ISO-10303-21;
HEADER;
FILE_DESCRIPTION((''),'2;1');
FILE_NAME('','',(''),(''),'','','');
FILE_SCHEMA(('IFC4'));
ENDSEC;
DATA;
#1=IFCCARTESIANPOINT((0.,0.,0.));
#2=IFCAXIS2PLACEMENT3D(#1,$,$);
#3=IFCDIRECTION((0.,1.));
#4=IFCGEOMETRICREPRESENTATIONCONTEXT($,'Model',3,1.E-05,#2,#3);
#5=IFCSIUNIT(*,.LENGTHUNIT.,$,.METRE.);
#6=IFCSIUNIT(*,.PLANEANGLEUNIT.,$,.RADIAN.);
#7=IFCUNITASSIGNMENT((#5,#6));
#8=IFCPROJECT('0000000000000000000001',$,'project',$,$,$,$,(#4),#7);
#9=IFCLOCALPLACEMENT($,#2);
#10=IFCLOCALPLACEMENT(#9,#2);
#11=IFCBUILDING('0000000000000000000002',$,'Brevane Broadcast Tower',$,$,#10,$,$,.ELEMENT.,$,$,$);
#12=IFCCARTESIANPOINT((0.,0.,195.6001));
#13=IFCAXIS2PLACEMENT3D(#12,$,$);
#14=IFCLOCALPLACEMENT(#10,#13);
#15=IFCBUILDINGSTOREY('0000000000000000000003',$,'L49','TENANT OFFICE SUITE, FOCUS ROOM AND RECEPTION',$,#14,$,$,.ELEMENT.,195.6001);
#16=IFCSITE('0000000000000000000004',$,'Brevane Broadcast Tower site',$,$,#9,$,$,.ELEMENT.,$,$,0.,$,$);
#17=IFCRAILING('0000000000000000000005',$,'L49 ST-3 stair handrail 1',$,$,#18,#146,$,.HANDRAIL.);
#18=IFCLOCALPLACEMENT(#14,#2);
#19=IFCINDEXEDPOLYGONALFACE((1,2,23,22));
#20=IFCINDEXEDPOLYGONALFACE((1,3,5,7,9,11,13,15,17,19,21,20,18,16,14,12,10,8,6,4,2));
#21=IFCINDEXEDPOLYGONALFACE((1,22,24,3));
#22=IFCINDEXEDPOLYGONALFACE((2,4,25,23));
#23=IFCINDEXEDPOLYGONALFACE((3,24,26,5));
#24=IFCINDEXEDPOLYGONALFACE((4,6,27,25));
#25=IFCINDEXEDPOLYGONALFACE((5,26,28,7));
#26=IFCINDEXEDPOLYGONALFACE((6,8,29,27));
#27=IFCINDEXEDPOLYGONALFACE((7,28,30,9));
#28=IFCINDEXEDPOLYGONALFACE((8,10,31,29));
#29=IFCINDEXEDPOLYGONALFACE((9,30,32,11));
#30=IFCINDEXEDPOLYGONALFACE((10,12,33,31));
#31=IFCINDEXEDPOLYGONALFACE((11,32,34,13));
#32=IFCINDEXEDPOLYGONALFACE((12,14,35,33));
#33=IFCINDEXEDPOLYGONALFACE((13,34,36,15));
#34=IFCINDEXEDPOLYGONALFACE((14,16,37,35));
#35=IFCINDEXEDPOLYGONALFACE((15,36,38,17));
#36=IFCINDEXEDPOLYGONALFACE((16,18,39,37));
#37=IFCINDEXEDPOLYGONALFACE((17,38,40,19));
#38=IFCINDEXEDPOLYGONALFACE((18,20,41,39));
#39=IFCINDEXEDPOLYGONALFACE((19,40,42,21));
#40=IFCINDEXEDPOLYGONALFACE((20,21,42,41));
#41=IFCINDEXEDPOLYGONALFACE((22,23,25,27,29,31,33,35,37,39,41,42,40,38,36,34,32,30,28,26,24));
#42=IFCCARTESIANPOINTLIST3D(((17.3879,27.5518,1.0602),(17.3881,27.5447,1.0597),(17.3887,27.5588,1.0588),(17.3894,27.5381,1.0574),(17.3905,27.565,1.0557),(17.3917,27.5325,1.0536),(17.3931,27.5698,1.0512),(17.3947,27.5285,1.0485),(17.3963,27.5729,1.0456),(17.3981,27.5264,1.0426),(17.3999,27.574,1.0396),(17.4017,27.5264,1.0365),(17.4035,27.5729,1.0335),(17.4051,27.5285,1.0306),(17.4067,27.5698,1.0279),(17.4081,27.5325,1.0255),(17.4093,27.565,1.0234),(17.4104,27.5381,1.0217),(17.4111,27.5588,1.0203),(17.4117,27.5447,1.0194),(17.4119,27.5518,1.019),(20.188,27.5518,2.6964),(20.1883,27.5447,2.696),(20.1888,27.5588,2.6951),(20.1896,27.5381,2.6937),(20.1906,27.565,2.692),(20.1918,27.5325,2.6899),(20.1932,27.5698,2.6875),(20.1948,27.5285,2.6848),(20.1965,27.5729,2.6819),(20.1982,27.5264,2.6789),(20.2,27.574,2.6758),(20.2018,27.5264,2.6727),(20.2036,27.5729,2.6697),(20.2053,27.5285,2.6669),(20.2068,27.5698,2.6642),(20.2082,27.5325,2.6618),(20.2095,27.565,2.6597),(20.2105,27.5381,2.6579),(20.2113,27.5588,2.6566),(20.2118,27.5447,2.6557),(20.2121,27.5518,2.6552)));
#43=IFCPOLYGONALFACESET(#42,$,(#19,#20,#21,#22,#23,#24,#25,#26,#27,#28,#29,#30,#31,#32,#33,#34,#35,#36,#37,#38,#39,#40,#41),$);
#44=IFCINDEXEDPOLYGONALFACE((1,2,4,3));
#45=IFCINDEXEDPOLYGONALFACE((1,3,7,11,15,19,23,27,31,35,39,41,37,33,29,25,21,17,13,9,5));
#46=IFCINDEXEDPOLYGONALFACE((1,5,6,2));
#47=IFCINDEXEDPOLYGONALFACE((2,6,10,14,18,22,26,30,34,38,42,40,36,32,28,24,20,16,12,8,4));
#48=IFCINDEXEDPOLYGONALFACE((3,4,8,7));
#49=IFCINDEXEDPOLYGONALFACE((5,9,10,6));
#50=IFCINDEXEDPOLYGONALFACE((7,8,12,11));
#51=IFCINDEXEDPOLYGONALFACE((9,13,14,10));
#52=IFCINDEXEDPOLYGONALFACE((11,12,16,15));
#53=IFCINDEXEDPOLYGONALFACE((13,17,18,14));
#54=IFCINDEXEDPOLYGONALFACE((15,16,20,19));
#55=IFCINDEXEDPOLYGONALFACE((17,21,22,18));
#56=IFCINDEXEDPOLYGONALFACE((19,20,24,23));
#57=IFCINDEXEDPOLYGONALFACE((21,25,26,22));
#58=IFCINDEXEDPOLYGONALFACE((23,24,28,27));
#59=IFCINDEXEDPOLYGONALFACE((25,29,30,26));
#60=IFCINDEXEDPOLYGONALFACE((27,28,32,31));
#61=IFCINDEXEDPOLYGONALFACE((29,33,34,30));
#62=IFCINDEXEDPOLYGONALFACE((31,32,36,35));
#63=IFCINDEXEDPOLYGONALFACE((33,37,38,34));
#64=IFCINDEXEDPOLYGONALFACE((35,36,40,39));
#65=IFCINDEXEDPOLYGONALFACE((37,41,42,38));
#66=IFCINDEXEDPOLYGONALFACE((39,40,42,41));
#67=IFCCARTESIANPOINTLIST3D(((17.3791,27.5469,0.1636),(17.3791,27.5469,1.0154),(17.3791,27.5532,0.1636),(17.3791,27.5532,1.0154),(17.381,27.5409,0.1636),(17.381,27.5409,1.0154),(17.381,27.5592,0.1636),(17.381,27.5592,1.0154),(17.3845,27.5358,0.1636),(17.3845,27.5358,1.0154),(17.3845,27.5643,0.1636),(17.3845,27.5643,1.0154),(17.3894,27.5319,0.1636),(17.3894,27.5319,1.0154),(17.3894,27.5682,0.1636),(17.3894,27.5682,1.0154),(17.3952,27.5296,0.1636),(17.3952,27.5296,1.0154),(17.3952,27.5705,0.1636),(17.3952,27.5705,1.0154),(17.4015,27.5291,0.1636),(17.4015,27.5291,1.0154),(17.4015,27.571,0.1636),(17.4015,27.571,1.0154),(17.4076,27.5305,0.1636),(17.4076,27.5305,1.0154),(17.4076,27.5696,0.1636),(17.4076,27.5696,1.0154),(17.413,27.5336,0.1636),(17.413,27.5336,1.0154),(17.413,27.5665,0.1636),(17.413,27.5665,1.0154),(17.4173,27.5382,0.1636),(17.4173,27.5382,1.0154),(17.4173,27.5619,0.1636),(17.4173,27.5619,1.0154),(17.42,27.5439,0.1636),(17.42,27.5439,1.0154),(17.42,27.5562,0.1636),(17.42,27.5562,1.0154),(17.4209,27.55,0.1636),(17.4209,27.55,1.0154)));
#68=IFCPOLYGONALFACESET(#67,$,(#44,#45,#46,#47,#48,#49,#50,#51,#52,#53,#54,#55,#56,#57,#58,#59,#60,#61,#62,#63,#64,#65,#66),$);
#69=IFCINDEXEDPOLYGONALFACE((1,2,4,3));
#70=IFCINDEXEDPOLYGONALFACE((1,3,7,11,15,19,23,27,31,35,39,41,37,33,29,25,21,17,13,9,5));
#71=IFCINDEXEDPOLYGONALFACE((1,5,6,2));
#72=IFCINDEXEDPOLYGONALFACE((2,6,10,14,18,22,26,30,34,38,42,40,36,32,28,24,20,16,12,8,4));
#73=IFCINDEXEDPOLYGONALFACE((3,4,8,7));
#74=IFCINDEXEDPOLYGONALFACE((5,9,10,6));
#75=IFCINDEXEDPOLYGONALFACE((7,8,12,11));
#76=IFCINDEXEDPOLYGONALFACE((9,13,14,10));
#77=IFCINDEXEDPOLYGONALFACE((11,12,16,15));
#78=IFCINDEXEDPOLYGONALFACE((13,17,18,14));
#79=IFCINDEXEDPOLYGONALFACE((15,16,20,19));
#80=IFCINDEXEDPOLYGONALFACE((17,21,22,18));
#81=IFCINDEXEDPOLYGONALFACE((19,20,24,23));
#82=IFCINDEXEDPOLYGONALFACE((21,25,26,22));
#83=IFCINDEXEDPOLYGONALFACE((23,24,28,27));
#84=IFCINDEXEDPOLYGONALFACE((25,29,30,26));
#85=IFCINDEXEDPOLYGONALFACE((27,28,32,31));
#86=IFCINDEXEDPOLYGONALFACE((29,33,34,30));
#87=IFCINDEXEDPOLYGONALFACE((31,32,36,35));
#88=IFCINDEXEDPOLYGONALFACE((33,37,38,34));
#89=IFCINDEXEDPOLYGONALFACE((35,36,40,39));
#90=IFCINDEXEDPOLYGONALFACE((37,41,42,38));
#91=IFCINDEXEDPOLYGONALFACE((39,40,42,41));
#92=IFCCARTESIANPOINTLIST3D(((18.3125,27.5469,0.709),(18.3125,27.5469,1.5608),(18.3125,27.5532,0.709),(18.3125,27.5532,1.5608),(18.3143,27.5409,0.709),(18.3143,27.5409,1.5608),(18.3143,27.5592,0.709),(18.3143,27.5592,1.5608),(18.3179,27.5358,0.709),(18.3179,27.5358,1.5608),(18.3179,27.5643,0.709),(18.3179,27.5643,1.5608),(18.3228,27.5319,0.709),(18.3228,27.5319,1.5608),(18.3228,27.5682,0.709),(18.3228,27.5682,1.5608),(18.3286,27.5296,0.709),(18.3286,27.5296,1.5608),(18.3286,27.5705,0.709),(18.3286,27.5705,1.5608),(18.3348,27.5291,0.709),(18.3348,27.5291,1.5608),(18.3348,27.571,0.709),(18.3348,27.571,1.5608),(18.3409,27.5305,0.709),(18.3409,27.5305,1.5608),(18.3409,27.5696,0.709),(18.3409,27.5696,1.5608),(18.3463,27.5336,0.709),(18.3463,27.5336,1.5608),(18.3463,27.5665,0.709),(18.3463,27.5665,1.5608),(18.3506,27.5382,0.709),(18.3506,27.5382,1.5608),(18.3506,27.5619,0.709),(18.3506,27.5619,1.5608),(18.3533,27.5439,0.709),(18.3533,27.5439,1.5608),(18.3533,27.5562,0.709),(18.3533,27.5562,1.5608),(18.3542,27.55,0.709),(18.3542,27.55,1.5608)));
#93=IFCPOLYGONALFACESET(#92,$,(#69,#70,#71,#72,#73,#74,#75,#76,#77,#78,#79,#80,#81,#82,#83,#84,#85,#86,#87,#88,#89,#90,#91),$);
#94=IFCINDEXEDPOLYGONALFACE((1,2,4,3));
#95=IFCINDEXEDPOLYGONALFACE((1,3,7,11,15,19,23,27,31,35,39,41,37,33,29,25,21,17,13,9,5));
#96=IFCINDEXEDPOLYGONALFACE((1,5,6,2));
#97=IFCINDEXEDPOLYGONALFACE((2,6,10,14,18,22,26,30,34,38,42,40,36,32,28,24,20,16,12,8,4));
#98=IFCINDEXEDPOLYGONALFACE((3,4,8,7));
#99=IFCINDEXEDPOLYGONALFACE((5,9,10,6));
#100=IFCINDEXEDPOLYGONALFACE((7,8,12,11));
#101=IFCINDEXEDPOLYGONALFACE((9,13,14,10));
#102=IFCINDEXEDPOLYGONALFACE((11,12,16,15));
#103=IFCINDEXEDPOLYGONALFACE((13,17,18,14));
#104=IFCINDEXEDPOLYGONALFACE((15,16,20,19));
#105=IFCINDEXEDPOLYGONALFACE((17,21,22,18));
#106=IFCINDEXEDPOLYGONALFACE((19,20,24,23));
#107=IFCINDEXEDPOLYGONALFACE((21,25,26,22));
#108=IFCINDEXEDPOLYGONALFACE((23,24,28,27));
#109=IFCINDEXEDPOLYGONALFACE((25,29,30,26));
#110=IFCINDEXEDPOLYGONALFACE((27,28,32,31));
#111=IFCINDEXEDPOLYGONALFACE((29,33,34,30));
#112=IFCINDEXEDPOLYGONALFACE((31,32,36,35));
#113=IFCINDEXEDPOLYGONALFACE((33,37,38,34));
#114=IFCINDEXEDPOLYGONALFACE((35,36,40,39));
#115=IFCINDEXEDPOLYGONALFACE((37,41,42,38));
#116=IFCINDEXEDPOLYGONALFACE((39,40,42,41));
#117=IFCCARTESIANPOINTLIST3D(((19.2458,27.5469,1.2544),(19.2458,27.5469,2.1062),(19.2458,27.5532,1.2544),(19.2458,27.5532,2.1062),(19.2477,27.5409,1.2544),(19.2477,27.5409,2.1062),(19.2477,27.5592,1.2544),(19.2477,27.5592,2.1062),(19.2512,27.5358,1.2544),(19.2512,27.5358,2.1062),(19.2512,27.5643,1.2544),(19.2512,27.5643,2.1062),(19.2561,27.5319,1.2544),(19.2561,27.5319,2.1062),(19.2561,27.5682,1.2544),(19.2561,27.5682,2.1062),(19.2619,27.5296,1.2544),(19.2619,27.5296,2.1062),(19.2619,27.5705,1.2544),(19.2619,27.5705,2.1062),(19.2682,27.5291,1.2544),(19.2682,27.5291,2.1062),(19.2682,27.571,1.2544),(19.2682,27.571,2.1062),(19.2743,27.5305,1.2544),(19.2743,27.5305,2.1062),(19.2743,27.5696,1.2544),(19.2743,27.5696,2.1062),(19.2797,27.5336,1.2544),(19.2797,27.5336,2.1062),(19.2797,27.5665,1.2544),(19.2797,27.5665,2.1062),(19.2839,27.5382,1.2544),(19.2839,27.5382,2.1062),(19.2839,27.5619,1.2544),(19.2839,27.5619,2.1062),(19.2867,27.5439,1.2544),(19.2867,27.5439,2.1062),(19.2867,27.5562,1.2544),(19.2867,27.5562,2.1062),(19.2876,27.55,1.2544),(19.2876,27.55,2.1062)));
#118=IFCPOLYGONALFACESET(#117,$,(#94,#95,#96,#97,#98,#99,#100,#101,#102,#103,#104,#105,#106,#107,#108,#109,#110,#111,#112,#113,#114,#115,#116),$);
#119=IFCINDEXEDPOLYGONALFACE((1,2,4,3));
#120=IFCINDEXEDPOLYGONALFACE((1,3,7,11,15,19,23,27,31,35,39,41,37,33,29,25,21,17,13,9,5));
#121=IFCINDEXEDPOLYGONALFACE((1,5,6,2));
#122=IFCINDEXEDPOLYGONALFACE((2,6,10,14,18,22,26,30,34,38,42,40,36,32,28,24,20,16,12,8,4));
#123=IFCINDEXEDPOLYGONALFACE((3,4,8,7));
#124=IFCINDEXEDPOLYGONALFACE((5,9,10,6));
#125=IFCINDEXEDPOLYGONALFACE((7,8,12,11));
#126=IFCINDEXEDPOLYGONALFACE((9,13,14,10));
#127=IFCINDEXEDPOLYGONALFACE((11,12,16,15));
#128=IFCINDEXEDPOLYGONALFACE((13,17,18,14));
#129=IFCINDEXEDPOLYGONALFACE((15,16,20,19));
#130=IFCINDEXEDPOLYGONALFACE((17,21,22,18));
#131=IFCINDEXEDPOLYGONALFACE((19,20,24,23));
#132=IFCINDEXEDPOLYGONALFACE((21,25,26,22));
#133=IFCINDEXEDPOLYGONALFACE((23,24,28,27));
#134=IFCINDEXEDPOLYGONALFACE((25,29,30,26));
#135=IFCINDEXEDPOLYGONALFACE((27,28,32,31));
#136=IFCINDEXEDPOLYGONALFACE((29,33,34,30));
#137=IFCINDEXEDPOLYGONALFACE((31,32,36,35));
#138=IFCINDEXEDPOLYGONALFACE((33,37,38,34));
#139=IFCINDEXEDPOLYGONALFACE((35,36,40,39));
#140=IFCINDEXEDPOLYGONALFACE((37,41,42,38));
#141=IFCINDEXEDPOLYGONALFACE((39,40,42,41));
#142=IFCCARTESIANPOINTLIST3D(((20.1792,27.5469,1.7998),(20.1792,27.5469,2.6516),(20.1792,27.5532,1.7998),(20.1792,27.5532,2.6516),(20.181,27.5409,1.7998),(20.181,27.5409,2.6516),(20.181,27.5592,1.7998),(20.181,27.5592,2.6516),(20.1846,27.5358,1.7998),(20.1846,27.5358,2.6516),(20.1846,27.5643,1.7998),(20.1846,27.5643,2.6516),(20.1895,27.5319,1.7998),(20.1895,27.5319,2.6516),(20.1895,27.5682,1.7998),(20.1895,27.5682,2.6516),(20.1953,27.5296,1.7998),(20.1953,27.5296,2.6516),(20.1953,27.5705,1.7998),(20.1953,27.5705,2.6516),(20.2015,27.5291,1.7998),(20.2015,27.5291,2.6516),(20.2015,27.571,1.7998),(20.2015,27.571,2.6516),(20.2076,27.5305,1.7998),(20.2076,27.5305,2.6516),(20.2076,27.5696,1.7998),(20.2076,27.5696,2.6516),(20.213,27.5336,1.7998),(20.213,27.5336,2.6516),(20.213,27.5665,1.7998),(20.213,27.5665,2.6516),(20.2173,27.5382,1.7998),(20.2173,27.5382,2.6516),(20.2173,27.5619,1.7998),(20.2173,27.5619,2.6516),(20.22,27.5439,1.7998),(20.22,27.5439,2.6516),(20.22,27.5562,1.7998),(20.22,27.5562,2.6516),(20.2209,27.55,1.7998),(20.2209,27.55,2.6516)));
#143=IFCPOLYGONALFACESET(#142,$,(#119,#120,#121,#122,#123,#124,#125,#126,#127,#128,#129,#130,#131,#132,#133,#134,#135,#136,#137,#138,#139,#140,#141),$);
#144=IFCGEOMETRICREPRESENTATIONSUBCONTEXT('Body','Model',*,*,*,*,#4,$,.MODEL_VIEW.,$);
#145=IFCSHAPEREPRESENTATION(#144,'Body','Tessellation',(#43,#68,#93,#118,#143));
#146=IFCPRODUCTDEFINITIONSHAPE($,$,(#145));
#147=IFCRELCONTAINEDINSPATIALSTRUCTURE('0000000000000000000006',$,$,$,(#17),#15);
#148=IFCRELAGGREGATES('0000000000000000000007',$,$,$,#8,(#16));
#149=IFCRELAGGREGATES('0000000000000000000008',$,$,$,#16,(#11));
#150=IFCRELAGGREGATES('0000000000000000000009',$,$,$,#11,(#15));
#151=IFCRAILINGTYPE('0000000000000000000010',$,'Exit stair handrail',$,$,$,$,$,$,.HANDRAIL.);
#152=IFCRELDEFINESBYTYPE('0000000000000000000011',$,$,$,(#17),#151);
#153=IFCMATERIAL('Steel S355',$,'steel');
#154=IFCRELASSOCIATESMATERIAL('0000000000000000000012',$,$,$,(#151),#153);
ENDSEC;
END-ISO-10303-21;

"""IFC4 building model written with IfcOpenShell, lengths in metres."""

from ifc_helpers import new_model, si_unit, direction, frame, origin, origin_2d, place, context, subcontext, project, spatial, circle, extrude, material, type_object, element, save


model = new_model("IFC4")

# Units and contexts
model_context = context("Model", 3, precision=1e-05, world=origin(), true_north=direction((0.0, 1.0)))
body_context = subcontext(model_context, "Body", "Model", "MODEL_VIEW")
ifc_project = project(units=[si_unit("LENGTHUNIT", "METRE"), si_unit("PLANEANGLEUNIT", "RADIAN")], contexts=[model_context])

# Site, building, storey
site_placement = place(None, origin())
site = spatial("IfcSite", under=ifc_project, at=site_placement, Name="Brevane Broadcast Tower site", CompositionType="ELEMENT", RefElevation=0.0)
building_placement = place(site_placement, origin())
building = spatial("IfcBuilding", under=site, at=building_placement, Name="Brevane Broadcast Tower", CompositionType="ELEMENT")
storey_placement = place(building_placement, frame((0.0, 0.0, 195.6001)))
storey = spatial("IfcBuildingStorey", under=building, at=storey_placement, Name="L49", Description="TENANT OFFICE SUITE, FOCUS ROOM AND RECEPTION", CompositionType="ELEMENT", Elevation=195.6001)

# Railing
ifc_material_1 = material(Name="Steel S355", Category="steel")
railing_type_1 = type_object("IfcRailingType", Name="Exit stair handrail", PredefinedType="HANDRAIL", material=ifc_material_1)
railing_1_placement = place(storey_placement, frame((17.3999, 27.55, 0.1636)))
element("IfcRailing", 1, at=railing_1_placement, inside=storey, type_object=railing_type_1, Name="L49 ST-3 stair handrail 1", PredefinedType="HANDRAIL", context=body_context, shape_type="SweptSolid", body=[
    extrude(circle(Radius=0.0239, at=origin_2d()), frame((0.0, 0.0, 0.876), z_axis=(0.863394, 0.0, 0.504531), x_axis=(0.0, 1.0, 0.0)), (0.0, 0.0, 1.0), 3.2432),
    extrude(circle(Radius=0.021, at=origin_2d()), origin(), (0.0, 0.0, 1.0), 0.8518),
    extrude(circle(Radius=0.021, at=origin_2d()), frame((0.9333, 0.0, 0.5454)), (0.0, 0.0, 1.0), 0.8518),
    extrude(circle(Radius=0.021, at=origin_2d()), frame((1.8667, 0.0, 1.0908)), (0.0, 0.0, 1.0), 0.8518),
    extrude(circle(Radius=0.021, at=origin_2d()), frame((2.8, 0.0, 1.6362)), (0.0, 0.0, 1.0), 0.8518),
])

save(model, "model.ifc")
